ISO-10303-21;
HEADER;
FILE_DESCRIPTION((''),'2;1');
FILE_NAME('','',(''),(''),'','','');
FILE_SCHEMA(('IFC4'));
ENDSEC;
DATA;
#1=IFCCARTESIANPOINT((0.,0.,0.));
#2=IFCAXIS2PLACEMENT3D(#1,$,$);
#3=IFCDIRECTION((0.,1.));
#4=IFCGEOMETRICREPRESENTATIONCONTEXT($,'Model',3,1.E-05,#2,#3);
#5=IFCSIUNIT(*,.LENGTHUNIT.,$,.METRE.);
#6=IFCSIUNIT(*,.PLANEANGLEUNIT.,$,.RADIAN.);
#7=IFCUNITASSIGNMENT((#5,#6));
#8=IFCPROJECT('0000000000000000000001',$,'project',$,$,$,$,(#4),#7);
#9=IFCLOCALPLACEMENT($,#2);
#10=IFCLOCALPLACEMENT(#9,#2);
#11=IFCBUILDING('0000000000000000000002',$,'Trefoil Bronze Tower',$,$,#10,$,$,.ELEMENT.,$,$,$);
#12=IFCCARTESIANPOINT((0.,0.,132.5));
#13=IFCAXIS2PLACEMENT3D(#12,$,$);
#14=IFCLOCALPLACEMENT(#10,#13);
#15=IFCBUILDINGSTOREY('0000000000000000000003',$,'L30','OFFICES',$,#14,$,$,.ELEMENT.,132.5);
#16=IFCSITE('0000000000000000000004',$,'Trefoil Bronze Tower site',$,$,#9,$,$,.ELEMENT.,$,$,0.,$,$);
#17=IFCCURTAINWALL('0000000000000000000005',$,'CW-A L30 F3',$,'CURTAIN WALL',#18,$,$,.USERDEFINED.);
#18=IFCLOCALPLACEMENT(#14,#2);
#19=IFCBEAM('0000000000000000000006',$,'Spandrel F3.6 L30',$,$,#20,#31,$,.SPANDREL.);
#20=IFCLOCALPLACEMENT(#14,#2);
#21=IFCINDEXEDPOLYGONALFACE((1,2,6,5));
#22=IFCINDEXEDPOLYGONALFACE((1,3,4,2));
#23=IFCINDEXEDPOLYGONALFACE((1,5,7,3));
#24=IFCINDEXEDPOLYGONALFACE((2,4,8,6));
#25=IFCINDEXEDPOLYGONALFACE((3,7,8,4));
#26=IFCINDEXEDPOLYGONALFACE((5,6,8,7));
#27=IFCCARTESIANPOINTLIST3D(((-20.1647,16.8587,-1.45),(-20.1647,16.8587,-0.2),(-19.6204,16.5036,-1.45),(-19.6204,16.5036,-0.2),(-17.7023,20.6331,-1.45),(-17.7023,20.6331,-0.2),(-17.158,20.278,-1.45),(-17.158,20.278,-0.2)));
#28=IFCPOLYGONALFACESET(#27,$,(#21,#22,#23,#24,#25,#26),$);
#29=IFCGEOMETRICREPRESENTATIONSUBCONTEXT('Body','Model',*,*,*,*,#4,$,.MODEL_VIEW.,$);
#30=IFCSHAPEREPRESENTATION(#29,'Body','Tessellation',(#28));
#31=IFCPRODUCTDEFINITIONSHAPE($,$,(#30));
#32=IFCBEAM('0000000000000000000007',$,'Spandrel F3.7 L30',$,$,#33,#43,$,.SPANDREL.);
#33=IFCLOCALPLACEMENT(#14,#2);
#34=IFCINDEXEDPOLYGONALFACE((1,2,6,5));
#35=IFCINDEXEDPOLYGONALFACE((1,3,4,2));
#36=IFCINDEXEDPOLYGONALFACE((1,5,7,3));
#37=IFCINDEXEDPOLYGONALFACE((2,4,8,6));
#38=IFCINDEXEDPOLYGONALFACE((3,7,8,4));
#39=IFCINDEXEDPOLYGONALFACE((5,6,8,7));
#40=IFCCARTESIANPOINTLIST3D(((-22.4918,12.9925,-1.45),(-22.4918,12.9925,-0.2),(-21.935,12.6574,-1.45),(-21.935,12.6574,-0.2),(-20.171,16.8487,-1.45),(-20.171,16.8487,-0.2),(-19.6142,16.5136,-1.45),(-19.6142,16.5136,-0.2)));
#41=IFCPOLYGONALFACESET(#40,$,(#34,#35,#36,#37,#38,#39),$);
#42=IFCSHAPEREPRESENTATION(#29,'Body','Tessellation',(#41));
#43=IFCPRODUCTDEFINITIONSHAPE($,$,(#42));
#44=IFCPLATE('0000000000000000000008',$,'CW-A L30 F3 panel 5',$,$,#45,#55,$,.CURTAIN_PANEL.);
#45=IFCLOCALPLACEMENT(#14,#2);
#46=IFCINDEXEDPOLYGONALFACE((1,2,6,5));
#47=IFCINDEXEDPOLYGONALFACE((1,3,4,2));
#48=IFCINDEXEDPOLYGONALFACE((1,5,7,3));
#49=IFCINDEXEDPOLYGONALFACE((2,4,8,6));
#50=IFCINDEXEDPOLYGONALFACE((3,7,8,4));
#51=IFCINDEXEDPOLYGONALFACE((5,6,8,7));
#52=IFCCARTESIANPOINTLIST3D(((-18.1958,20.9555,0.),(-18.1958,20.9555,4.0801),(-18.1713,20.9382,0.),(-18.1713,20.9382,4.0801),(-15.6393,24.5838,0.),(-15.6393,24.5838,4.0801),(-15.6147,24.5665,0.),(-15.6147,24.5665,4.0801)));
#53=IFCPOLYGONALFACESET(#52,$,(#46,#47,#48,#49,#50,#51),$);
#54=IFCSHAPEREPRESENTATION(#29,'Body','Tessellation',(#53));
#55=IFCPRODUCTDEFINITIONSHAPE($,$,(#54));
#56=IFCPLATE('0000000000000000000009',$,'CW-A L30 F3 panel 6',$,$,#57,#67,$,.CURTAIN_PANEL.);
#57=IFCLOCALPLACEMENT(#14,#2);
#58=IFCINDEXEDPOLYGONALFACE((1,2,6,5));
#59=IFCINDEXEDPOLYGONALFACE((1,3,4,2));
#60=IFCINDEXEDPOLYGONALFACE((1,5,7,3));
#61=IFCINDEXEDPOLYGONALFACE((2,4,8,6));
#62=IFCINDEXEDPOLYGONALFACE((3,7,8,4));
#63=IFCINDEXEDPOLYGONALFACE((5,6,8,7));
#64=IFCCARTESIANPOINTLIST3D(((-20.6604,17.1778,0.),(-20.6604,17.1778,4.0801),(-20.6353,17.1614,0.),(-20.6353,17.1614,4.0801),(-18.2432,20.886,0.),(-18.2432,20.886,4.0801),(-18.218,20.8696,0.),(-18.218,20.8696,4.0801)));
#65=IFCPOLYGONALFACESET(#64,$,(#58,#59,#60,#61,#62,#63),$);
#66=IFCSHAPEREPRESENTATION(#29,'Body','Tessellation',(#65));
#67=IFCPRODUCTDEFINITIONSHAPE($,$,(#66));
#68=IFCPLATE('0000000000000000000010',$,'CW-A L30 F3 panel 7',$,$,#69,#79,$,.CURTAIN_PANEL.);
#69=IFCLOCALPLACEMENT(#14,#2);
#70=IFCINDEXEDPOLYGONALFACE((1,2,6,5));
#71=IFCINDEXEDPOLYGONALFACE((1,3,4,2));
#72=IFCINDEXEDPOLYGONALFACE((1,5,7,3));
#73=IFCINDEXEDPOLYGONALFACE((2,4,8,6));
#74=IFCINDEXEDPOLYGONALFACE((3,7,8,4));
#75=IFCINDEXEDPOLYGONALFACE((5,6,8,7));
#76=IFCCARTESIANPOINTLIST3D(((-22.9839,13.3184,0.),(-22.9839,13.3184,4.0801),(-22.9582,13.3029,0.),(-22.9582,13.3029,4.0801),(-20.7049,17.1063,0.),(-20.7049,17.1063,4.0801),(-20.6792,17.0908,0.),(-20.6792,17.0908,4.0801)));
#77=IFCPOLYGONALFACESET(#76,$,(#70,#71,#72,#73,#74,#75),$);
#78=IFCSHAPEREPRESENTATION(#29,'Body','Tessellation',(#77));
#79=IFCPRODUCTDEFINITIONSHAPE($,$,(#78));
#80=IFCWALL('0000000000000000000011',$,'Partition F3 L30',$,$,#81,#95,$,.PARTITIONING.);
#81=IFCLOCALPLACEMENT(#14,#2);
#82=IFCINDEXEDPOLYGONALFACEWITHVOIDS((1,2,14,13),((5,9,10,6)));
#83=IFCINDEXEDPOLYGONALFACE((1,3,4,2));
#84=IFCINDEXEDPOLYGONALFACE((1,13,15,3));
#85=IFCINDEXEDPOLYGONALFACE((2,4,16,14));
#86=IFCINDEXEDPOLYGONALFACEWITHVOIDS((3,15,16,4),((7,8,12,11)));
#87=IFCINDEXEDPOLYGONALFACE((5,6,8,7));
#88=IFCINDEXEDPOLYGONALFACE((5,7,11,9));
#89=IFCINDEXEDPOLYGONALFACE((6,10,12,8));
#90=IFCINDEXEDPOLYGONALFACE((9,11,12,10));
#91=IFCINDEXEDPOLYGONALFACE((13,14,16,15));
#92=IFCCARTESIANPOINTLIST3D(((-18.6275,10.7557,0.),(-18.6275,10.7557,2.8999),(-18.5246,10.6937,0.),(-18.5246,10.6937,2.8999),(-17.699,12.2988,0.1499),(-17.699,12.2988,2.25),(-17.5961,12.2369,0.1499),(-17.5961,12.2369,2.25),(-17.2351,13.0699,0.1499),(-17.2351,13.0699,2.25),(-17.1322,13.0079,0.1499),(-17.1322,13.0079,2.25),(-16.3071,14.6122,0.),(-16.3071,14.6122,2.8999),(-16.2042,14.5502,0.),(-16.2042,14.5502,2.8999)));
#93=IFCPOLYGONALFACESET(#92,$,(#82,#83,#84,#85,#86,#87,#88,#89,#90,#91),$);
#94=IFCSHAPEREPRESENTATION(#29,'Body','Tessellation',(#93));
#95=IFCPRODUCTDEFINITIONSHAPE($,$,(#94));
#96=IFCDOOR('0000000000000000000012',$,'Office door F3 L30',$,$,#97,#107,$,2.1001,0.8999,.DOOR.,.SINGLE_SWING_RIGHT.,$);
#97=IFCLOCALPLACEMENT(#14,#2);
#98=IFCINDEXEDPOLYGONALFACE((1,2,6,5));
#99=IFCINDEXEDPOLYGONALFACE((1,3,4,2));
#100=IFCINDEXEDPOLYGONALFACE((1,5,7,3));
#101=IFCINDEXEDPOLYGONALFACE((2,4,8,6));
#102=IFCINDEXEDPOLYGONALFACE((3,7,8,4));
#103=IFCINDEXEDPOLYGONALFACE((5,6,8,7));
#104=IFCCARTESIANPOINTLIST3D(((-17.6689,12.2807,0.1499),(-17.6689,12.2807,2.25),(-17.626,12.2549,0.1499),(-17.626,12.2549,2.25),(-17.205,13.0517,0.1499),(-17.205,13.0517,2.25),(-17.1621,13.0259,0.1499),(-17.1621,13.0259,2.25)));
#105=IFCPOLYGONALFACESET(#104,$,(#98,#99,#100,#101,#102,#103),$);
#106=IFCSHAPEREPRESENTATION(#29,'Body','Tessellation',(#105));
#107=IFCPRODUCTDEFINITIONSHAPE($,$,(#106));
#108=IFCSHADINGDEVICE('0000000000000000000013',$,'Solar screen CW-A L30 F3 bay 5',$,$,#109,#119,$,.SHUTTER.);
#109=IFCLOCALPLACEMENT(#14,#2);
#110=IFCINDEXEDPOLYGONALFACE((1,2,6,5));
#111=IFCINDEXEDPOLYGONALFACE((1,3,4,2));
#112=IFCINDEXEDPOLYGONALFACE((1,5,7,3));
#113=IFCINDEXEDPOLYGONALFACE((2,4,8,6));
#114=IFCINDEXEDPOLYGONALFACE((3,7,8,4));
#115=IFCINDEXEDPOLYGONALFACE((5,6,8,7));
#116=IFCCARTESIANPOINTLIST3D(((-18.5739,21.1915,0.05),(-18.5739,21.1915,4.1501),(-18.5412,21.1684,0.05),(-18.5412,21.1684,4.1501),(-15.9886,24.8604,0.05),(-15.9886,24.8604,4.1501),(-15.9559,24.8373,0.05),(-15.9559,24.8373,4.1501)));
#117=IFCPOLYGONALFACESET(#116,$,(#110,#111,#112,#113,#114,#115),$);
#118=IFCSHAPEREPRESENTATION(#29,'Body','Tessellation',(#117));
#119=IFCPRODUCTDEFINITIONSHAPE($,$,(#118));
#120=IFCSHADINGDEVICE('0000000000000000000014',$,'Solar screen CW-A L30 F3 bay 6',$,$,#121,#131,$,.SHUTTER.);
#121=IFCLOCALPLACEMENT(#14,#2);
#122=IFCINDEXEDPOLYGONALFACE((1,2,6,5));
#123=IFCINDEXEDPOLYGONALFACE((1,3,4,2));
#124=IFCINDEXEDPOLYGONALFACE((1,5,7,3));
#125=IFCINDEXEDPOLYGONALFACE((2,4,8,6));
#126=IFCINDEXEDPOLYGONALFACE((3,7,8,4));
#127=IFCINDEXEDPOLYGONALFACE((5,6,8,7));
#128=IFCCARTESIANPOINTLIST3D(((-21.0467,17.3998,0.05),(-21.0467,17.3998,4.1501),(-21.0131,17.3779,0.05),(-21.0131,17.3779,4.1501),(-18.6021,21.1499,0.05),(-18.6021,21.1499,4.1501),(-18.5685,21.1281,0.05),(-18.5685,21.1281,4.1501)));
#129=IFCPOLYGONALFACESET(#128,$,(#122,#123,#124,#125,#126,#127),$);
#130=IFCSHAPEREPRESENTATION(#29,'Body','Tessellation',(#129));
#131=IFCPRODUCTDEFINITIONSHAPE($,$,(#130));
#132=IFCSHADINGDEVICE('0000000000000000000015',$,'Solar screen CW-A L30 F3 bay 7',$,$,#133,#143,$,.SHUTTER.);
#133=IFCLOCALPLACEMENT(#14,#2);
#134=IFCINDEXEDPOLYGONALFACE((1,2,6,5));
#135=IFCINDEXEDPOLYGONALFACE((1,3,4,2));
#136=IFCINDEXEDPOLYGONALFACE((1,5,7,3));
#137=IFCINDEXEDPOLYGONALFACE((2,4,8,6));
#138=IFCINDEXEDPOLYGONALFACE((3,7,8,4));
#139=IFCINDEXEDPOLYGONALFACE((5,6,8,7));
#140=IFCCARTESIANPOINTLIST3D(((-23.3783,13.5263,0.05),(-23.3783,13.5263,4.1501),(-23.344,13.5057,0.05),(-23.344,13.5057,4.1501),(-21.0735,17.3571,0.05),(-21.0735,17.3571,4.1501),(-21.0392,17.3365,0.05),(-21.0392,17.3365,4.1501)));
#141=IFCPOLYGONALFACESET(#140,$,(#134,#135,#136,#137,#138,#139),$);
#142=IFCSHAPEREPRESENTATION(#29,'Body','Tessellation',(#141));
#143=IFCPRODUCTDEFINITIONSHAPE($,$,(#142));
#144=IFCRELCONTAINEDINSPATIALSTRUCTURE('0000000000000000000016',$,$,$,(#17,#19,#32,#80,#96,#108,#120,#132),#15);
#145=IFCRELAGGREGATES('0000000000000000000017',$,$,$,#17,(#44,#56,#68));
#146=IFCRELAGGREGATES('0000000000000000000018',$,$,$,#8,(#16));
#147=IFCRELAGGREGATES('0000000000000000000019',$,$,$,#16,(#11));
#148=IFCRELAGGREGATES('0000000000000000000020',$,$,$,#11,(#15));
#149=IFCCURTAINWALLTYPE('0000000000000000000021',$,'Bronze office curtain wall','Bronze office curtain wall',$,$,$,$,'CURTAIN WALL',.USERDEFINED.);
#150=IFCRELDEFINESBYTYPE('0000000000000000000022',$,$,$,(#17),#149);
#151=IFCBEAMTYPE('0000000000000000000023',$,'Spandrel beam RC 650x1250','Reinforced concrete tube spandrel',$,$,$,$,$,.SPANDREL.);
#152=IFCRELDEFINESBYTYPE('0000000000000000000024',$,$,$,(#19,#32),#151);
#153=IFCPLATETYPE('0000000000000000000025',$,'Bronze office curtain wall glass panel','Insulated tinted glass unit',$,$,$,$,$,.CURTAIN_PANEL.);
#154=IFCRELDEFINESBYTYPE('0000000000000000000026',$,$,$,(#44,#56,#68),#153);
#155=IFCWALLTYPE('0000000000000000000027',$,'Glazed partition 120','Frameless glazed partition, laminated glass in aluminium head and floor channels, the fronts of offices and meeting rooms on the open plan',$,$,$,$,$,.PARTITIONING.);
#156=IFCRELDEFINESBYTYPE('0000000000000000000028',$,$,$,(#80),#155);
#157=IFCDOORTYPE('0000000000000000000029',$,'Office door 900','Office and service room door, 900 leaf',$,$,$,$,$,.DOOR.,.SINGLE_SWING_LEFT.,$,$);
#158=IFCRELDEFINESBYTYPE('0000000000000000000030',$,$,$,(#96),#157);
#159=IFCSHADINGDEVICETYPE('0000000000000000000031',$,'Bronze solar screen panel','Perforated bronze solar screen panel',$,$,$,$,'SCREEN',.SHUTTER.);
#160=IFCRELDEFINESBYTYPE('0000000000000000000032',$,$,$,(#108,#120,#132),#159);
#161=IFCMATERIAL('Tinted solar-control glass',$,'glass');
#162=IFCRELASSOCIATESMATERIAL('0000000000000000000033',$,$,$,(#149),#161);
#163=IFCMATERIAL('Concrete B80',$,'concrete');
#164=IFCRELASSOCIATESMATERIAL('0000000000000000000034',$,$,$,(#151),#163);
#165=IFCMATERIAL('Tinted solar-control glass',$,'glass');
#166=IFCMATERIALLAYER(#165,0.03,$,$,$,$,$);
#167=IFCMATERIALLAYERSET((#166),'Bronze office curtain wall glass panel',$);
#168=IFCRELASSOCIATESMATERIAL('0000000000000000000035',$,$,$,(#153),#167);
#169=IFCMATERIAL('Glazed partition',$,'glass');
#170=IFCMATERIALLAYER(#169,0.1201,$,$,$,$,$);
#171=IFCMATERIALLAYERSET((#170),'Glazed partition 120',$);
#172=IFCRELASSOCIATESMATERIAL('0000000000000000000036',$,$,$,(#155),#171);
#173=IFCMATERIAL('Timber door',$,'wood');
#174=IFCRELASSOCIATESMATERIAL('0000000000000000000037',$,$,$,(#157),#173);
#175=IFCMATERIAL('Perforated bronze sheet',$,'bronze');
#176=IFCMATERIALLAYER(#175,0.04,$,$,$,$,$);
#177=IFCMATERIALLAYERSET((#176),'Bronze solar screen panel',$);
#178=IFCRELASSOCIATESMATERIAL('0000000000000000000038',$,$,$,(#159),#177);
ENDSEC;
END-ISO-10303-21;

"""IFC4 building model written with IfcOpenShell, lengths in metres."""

from ifc_helpers import new_model, si_unit, direction, frame, frame_2d, origin, origin_2d, place, context, subcontext, project, spatial, rectangle, extrude, material, layer, layer_set, material_profile, profile_set, type_object, element, fill, aggregate, save


model = new_model("IFC4")

# Units and contexts
model_context = context("Model", 3, precision=1e-05, world=origin(), true_north=direction((0.0, 1.0)))
body_context = subcontext(model_context, "Body", "Model", "MODEL_VIEW")
ifc_project = project(units=[si_unit("LENGTHUNIT", "METRE"), si_unit("PLANEANGLEUNIT", "RADIAN")], contexts=[model_context])

# Site, building, storey
site_placement = place(None, origin())
site = spatial("IfcSite", under=ifc_project, at=site_placement, Name="Trefoil Bronze Tower site", CompositionType="ELEMENT", RefElevation=0.0)
building_placement = place(site_placement, origin())
building = spatial("IfcBuilding", under=site, at=building_placement, Name="Trefoil Bronze Tower", CompositionType="ELEMENT")
storey_placement = place(building_placement, frame((0.0, 0.0, 132.5)))
storey = spatial("IfcBuildingStorey", under=building, at=storey_placement, Name="L30", Description="OFFICES", CompositionType="ELEMENT", Elevation=132.5)

# Curtain wall
ifc_material_1 = material(Name="Tinted solar-control glass", Category="glass")
curtain_wall_type = type_object("IfcCurtainWallType", Name="Bronze office curtain wall", Description="Bronze office curtain wall", ElementType="CURTAIN WALL", PredefinedType="USERDEFINED", material=ifc_material_1)
curtain_wall_placement = place(storey_placement, origin())
curtain_wall = element("IfcCurtainWall", 1, at=curtain_wall_placement, inside=storey, type_object=curtain_wall_type, Name="CW-A L30 F3", ObjectType="CURTAIN WALL", PredefinedType="USERDEFINED")

# Beams
ifc_material_2 = material(Name="Concrete B80", Category="concrete")
ifc_material_profile_1 = material_profile(ifc_material_2, rectangle(XDim=0.6499, YDim=1.25, at=origin_2d()), Name="RC 650x1250")
ifc_profile_set_1 = profile_set([ifc_material_profile_1], Name="Concrete B80")
beam_type_1 = type_object("IfcBeamType", Name="Spandrel beam RC 650x1250", Description="Reinforced concrete tube spandrel", PredefinedType="SPANDREL", material=ifc_profile_set_1)
beam_1_placement = place(storey_placement, frame((-17.4302, 20.4556, -0.825), z_axis=(-0.546397, -0.837527, 0.0), x_axis=(0.837527, -0.546397, 0.0)))
element("IfcBeam", 2, at=beam_1_placement, inside=storey, type_object=beam_type_1, Name="Spandrel F3.6 L30", PredefinedType="SPANDREL", context=body_context, shape_type="SweptSolid", body=[
    extrude(rectangle(XDim=0.6499, YDim=1.25, at=origin_2d()), origin(), (0.0, 0.0, 1.0), 4.5066),
])
beam_2_placement = place(storey_placement, frame((-19.8926, 16.6812, -0.825), z_axis=(-0.515652, -0.856798, 0.0), x_axis=(0.856798, -0.515652, 0.0)))
element("IfcBeam", 3, at=beam_2_placement, inside=storey, type_object=beam_type_1, Name="Spandrel F3.7 L30", PredefinedType="SPANDREL", context=body_context, shape_type="SweptSolid", body=[
    extrude(rectangle(XDim=0.6499, YDim=1.25, at=origin_2d()), origin(), (0.0, 0.0, 1.0), 4.5007),
])

# Plates
ifc_material_3 = material(Name="Tinted solar-control glass", Category="glass")
ifc_layer_1 = layer(ifc_material_3, 0.03)
ifc_layer_set_1 = layer_set([ifc_layer_1], Name="Bronze office curtain wall glass panel")
plate_type = type_object("IfcPlateType", Name="Bronze office curtain wall glass panel", Description="Insulated tinted glass unit", PredefinedType="CURTAIN_PANEL", material=ifc_layer_set_1)
plate_1_placement = place(storey_placement, frame((-16.9053, 22.761, 0.0), z_axis=(0.0, 0.0, 1.0), x_axis=(-0.575999, -0.81745, 0.0)))
plate_1 = element("IfcPlate", 4, at=plate_1_placement, type_object=plate_type, Name="CW-A L30 F3 panel 5", PredefinedType="CURTAIN_PANEL", context=body_context, shape_type="SweptSolid", body=[
    extrude(rectangle(XDim=4.4385, YDim=0.03, at=origin_2d()), origin(), (0.0, 0.0, 1.0), 4.0801),
])
plate_2_placement = place(storey_placement, frame((-19.4392, 19.0237, 0.0), z_axis=(0.0, 0.0, 1.0), x_axis=(-0.546089, -0.837727, 0.0)))
plate_2 = element("IfcPlate", 5, at=plate_2_placement, type_object=plate_type, Name="CW-A L30 F3 panel 6", PredefinedType="CURTAIN_PANEL", context=body_context, shape_type="SweptSolid", body=[
    extrude(rectangle(XDim=4.4265, YDim=0.03, at=origin_2d()), origin(), (0.0, 0.0, 1.0), 4.0801),
])
plate_3_placement = place(storey_placement, frame((-21.8315, 15.2046, 0.0), z_axis=(0.0, 0.0, 1.0), x_axis=(-0.515525, -0.856874, 0.0)))
plate_3 = element("IfcPlate", 6, at=plate_3_placement, type_object=plate_type, Name="CW-A L30 F3 panel 7", PredefinedType="CURTAIN_PANEL", context=body_context, shape_type="SweptSolid", body=[
    extrude(rectangle(XDim=4.4207, YDim=0.03, at=origin_2d()), origin(), (0.0, 0.0, 1.0), 4.0801),
])
aggregate(curtain_wall, [plate_1, plate_2, plate_3])

# Wall, opening, door
ifc_material_4 = material(Name="Glazed partition", Category="glass")
ifc_layer_2 = layer(ifc_material_4, 0.1201)
ifc_layer_set_2 = layer_set([ifc_layer_2], Name="Glazed partition 120")
wall_type = type_object("IfcWallType", Name="Glazed partition 120", Description="Frameless glazed partition, laminated glass in aluminium head and floor channels, the fronts of offices and meeting rooms on the open plan", PredefinedType="PARTITIONING", material=ifc_layer_set_2)
wall_placement = place(storey_placement, frame((-16.2556, 14.5813, 0.0), z_axis=(0.0, 0.0, 1.0), x_axis=(-0.515548, -0.85686, 0.0)))
wall = element("IfcWall", 7, at=wall_placement, inside=storey, type_object=wall_type, Name="Partition F3 L30", PredefinedType="PARTITIONING", context=body_context, shape_type="SweptSolid", body=[
    extrude(rectangle(XDim=4.5007, YDim=0.1201, at=frame_2d((2.2505, 0.0))), origin(), (0.0, 0.0, 1.0), 2.8999),
])
opening_placement = place(wall_placement, frame((1.8, 0.0, 0.1499)))
opening = element("IfcOpeningElement", 8, at=opening_placement, cuts=wall, PredefinedType="OPENING", context=body_context, shape_type="SweptSolid", body=[
    extrude(rectangle(XDim=0.8999, YDim=2.1001, at=frame_2d((0.45, 1.05))), frame((0.0, 0.0701, 0.0), z_axis=(0.0, -1.0, 0.0), x_axis=(1.0, 0.0, 0.0)), (0.0, 0.0, 1.0), 0.1401),
])
ifc_material_5 = material(Name="Timber door", Category="wood")
door_type = type_object("IfcDoorType", Name="Office door 900", Description="Office and service room door, 900 leaf", OperationType="SINGLE_SWING_LEFT", PredefinedType="DOOR", material=ifc_material_5)
door_placement = place(opening_placement, frame((0.8999, 0.0, 0.0), z_axis=(0.0, 0.0, 1.0), x_axis=(-1.0, 0.0, 0.0)))
door = element("IfcDoor", 9, at=door_placement, inside=storey, type_object=door_type, Name="Office door F3 L30", OperationType="SINGLE_SWING_RIGHT", OverallHeight=2.1001, OverallWidth=0.8999, PredefinedType="DOOR", context=body_context, shape_type="SweptSolid", body=[
    extrude(rectangle(XDim=0.8999, YDim=2.1001, at=frame_2d((0.45, 1.05))), frame((0.0, 0.0249, 0.0), z_axis=(0.0, -1.0, 0.0), x_axis=(1.0, 0.0, 0.0)), (0.0, 0.0, 1.0), 0.05),
])
fill(opening, door)

# Shading devices
ifc_material_6 = material(Name="Perforated bronze sheet", Category="bronze")
ifc_layer_3 = layer(ifc_material_6, 0.04)
ifc_layer_set_3 = layer_set([ifc_layer_3], Name="Bronze solar screen panel")
shading_device_type = type_object("IfcShadingDeviceType", Name="Bronze solar screen panel", Description="Perforated bronze solar screen panel", ElementType="SCREEN", PredefinedType="SHUTTER", material=ifc_layer_set_3)
shading_device_1_placement = place(storey_placement, frame((-17.2649, 23.0144, 0.05), z_axis=(0.0, 0.0, 1.0), x_axis=(-0.575999, -0.81745, 0.0)))
element("IfcShadingDevice", 10, at=shading_device_1_placement, inside=storey, type_object=shading_device_type, Name="Solar screen CW-A L30 F3 bay 5", PredefinedType="SHUTTER", context=body_context, shape_type="SweptSolid", body=[
    extrude(rectangle(XDim=4.4883, YDim=0.04, at=origin_2d()), origin(), (0.0, 0.0, 1.0), 4.1001),
])
shading_device_2_placement = place(storey_placement, frame((-19.8076, 19.2639, 0.05), z_axis=(0.0, 0.0, 1.0), x_axis=(-0.546089, -0.837727, 0.0)))
element("IfcShadingDevice", 11, at=shading_device_2_placement, inside=storey, type_object=shading_device_type, Name="Solar screen CW-A L30 F3 bay 6", PredefinedType="SHUTTER", context=body_context, shape_type="SweptSolid", body=[
    extrude(rectangle(XDim=4.4766, YDim=0.04, at=origin_2d()), origin(), (0.0, 0.0, 1.0), 4.1001),
])
shading_device_3_placement = place(storey_placement, frame((-22.2087, 15.4314, 0.05), z_axis=(0.0, 0.0, 1.0), x_axis=(-0.515525, -0.856874, 0.0)))
element("IfcShadingDevice", 12, at=shading_device_3_placement, inside=storey, type_object=shading_device_type, Name="Solar screen CW-A L30 F3 bay 7", PredefinedType="SHUTTER", context=body_context, shape_type="SweptSolid", body=[
    extrude(rectangle(XDim=4.4707, YDim=0.04, at=origin_2d()), origin(), (0.0, 0.0, 1.0), 4.1001),
])

save(model, "model.ifc")
